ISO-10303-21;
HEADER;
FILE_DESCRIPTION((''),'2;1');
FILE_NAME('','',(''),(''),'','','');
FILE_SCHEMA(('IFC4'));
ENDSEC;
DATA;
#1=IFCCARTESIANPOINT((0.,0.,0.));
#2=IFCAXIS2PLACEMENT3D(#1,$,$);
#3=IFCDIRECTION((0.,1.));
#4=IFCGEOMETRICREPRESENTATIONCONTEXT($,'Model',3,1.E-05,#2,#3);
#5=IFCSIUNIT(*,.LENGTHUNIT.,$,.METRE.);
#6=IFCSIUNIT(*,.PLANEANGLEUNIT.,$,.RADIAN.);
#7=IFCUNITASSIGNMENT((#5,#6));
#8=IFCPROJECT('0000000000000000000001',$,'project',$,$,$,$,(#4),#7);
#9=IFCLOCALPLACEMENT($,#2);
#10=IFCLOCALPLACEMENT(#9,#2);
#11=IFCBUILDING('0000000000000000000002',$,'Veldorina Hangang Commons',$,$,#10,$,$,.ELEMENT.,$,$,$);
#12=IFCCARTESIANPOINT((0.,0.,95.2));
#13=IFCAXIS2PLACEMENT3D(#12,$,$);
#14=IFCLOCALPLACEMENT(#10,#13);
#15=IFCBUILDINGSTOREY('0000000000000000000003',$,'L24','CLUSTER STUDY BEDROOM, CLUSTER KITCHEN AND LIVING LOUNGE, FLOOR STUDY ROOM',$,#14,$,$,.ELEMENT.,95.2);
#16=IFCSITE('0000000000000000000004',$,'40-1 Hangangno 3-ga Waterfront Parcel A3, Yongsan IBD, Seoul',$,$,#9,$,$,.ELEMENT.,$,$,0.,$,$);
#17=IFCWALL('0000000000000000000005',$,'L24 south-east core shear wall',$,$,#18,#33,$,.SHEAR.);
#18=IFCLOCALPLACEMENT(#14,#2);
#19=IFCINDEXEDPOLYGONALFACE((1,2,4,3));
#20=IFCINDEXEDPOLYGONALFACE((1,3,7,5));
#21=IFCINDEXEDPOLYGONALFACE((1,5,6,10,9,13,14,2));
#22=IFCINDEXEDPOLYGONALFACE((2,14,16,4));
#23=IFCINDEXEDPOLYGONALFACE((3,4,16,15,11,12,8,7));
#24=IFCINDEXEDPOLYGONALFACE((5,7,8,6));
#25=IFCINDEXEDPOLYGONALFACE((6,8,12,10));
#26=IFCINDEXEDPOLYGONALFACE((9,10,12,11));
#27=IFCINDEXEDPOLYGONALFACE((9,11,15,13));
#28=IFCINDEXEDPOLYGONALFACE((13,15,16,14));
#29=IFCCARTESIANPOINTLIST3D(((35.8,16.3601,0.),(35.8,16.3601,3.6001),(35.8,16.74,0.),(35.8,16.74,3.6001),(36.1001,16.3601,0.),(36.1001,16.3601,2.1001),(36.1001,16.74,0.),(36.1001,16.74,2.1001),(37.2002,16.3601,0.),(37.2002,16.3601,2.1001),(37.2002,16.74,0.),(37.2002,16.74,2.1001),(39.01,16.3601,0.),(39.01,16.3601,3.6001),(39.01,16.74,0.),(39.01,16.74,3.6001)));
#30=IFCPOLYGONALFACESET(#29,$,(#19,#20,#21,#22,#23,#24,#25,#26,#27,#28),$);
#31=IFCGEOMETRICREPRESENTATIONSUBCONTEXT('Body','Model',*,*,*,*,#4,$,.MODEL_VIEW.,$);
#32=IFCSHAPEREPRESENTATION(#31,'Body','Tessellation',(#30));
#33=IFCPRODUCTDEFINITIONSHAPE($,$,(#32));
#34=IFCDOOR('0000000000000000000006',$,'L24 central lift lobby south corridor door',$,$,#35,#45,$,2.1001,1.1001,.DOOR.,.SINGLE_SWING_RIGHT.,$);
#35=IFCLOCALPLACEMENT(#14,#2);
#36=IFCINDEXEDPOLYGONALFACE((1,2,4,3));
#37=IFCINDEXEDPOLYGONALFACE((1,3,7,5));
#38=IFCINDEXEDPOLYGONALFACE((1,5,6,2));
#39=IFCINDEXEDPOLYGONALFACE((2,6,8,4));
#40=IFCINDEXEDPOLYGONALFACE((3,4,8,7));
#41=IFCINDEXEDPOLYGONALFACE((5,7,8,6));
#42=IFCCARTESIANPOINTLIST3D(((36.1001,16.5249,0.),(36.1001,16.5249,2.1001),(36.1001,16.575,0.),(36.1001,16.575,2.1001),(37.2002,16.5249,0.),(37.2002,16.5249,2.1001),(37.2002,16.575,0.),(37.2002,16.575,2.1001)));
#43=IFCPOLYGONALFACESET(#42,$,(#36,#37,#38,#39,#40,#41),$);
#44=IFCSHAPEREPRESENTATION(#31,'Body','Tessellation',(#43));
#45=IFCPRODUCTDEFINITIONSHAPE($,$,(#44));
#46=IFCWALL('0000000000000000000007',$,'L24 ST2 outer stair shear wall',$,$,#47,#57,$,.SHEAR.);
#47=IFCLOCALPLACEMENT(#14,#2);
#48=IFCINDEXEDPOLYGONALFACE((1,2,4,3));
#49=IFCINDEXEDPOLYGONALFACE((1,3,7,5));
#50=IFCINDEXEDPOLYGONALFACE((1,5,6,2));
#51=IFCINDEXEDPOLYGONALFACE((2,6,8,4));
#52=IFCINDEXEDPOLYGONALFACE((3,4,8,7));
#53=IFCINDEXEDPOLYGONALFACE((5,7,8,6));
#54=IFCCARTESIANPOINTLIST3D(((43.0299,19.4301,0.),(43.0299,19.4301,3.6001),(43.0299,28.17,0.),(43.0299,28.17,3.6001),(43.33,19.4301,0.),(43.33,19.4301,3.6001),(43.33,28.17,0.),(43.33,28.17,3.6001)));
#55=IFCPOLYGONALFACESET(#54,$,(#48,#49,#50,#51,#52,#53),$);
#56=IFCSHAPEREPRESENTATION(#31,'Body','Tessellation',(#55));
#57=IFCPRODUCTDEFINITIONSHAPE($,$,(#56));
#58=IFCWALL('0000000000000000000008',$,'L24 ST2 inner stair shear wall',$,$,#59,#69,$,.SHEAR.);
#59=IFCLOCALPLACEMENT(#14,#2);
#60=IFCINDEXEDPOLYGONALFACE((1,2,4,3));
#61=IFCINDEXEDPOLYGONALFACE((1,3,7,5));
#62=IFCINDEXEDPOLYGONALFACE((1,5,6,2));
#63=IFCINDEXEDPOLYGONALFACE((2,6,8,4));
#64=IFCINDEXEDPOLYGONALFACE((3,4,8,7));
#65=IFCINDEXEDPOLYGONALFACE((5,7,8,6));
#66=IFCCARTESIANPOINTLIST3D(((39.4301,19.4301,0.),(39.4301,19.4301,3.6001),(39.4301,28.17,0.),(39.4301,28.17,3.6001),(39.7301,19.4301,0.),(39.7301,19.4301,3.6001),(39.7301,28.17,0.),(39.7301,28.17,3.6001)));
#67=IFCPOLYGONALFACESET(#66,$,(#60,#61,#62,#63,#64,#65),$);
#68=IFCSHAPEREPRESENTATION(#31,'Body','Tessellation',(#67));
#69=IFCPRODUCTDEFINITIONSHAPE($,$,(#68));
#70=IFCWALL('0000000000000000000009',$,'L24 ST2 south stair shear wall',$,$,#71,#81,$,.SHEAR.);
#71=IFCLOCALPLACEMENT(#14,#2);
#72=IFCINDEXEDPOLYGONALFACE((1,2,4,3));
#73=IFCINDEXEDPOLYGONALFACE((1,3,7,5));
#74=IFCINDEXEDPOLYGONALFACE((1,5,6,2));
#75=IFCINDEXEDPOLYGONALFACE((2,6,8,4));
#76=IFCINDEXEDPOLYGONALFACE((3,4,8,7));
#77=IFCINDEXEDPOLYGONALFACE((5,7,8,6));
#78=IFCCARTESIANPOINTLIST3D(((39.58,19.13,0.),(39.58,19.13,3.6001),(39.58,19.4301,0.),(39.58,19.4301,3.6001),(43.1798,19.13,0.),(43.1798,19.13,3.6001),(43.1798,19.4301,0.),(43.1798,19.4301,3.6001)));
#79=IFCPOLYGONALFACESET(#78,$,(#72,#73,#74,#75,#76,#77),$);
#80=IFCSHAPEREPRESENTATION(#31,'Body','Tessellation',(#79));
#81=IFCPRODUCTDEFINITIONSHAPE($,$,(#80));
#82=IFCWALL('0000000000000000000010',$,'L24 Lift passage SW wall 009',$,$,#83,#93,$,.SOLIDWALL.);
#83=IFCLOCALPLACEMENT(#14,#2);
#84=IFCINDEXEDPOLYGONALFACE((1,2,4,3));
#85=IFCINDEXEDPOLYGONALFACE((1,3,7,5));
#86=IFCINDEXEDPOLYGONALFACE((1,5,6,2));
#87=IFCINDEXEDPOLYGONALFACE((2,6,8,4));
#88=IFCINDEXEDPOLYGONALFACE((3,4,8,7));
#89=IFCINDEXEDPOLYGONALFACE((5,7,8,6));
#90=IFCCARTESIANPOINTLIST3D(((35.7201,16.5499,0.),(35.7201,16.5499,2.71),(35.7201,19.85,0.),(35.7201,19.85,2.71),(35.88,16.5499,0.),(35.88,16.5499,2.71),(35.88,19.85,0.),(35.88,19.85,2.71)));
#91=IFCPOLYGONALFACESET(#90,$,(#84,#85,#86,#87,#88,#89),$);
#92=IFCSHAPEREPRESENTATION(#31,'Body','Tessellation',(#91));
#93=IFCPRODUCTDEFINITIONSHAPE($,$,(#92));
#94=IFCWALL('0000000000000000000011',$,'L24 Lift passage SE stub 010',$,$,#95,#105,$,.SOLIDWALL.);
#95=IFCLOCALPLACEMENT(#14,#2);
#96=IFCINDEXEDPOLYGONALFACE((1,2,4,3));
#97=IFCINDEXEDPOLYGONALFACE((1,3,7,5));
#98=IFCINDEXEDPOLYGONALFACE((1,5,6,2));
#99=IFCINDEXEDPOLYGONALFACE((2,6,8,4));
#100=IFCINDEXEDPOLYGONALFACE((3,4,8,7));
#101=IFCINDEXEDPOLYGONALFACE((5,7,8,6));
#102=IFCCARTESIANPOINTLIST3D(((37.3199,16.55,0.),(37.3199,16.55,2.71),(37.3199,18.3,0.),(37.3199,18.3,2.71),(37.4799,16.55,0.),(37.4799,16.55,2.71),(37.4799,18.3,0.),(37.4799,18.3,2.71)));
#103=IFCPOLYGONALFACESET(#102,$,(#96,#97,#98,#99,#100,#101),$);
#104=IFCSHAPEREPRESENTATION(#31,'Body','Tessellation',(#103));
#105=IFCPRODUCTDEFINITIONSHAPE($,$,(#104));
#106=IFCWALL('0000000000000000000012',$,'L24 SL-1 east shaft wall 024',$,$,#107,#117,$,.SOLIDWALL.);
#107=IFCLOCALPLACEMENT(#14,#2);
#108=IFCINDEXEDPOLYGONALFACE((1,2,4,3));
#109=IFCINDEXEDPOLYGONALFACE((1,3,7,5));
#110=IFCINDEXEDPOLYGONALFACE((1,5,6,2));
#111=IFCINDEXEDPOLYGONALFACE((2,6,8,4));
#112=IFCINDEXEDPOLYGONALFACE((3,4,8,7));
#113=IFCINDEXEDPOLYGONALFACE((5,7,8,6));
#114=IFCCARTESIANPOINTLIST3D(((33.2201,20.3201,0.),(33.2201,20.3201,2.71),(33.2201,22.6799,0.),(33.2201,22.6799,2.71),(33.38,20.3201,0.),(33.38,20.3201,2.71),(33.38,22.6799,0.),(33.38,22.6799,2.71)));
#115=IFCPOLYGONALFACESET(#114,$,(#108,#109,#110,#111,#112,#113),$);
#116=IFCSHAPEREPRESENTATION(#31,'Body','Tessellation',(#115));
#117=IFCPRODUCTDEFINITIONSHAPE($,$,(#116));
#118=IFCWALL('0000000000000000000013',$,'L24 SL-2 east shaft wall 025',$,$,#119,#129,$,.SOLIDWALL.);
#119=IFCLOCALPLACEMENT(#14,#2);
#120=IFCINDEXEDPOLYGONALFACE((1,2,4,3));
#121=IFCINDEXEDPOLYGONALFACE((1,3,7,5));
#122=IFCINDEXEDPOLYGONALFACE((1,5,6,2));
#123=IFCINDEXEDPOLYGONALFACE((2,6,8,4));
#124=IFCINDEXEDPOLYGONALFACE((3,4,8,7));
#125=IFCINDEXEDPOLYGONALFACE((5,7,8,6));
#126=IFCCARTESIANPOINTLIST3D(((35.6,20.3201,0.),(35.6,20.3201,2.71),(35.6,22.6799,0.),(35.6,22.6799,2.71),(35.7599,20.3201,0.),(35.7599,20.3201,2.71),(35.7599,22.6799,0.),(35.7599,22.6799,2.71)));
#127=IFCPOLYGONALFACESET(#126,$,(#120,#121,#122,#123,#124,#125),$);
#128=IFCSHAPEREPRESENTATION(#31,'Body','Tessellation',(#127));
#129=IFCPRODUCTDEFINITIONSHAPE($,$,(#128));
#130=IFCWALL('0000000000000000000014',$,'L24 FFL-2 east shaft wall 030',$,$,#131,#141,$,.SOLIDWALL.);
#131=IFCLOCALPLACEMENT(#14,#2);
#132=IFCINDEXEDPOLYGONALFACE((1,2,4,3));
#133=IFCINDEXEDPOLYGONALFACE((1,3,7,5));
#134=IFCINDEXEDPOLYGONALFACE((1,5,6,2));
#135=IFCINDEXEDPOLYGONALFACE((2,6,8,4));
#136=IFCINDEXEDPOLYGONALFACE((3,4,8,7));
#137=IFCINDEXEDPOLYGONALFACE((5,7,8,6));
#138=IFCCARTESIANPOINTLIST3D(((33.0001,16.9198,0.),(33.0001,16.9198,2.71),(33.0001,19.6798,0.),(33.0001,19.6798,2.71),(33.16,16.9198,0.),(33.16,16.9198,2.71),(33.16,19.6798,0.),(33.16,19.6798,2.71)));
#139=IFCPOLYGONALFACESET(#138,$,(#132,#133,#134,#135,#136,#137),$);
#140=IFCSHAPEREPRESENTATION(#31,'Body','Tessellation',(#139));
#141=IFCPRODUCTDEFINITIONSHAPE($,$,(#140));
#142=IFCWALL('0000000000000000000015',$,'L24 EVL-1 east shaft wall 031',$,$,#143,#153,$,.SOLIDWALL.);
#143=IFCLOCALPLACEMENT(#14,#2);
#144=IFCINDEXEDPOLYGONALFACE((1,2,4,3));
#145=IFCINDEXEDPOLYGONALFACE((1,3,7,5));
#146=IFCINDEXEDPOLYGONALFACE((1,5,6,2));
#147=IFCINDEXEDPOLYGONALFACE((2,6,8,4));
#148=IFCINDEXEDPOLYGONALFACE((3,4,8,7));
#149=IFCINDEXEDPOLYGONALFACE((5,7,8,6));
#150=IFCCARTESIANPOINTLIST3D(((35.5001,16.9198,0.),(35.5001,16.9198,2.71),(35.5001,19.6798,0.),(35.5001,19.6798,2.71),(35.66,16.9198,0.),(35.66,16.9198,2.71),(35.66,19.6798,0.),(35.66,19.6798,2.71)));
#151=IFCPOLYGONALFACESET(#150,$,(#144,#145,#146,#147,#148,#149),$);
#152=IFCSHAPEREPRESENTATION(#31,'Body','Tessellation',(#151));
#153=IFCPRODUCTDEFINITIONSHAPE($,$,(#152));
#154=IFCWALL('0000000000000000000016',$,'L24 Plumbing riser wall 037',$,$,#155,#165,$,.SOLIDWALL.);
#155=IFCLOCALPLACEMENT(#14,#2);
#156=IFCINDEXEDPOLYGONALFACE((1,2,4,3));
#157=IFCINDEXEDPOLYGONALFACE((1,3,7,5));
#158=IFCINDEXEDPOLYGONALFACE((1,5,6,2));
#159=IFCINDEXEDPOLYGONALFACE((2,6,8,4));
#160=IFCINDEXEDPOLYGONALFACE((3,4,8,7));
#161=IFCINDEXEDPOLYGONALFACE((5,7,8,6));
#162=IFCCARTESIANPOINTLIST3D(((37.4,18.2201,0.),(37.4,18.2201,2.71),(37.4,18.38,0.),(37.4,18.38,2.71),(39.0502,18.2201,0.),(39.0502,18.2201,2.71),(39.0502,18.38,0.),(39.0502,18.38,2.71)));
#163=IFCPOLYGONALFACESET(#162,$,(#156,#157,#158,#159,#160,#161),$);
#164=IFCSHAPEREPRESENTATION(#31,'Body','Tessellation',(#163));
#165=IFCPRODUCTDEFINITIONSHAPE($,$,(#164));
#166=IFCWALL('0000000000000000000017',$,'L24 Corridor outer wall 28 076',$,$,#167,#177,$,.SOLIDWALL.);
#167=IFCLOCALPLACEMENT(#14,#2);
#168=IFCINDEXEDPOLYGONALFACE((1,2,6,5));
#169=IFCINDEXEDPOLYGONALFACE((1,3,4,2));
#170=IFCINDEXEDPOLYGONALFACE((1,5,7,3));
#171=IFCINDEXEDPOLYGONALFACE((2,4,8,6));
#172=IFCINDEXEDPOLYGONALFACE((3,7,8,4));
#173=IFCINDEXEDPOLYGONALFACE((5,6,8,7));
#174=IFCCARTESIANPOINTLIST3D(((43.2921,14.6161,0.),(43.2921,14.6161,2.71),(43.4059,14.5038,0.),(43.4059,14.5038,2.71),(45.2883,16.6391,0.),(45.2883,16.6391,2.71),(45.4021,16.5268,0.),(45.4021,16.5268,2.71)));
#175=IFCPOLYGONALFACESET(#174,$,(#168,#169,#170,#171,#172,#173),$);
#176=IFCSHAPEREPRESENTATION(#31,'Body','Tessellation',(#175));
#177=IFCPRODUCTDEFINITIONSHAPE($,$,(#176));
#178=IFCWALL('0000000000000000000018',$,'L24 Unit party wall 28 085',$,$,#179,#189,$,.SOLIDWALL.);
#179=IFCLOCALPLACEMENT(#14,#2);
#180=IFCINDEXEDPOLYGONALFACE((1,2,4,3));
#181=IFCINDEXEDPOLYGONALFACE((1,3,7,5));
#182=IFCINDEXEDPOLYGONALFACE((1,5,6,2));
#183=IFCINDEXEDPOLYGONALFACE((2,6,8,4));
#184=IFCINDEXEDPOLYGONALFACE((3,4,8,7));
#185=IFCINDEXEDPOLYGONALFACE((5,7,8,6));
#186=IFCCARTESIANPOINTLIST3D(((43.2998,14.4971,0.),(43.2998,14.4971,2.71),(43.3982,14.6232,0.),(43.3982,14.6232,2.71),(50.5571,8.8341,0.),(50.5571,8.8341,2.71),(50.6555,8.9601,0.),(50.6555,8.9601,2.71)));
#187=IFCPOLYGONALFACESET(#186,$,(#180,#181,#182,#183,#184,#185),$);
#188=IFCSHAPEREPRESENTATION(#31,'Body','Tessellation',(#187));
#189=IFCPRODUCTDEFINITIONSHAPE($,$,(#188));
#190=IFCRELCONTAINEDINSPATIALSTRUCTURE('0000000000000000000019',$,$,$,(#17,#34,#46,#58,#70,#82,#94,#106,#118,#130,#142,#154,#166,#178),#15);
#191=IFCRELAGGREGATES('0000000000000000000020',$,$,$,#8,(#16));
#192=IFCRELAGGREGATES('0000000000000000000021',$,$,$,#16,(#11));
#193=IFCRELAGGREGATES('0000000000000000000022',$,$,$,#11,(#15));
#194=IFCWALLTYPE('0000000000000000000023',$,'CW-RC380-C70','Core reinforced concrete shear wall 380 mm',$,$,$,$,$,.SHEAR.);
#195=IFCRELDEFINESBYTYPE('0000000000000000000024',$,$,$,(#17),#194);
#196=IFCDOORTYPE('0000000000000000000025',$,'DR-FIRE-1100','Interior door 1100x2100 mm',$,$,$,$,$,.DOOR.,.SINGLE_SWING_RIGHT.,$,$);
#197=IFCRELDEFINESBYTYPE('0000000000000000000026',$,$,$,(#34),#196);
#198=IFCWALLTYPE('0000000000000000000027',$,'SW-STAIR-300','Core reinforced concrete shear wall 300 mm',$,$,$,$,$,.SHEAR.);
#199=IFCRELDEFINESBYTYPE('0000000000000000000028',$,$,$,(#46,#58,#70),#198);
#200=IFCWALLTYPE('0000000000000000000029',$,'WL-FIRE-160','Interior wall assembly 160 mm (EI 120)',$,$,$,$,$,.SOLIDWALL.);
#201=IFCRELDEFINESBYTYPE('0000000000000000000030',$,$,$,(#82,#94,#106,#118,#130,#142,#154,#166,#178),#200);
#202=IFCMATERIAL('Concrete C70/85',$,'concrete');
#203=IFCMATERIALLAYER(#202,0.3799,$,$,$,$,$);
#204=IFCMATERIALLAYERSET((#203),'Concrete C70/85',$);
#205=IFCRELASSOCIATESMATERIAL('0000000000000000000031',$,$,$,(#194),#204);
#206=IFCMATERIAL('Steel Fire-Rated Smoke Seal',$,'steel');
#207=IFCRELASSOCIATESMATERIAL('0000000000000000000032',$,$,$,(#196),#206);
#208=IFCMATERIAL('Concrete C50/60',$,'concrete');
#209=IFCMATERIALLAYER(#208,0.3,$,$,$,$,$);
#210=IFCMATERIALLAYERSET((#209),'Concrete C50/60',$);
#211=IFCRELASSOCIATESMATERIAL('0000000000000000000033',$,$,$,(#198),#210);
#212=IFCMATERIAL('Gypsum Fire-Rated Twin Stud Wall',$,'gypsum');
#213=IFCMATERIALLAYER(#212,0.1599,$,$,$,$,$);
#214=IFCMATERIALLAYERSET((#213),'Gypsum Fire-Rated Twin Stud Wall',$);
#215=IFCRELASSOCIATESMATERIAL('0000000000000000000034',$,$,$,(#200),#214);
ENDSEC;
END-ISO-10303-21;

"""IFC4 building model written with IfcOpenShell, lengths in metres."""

from ifc_helpers import new_model, si_unit, direction, frame, frame_2d, origin, place, context, subcontext, project, spatial, rectangle, extrude, material, layer, layer_set, type_object, element, fill, save


model = new_model("IFC4")

# Units and contexts
model_context = context("Model", 3, precision=1e-05, world=origin(), true_north=direction((0.0, 1.0)))
body_context = subcontext(model_context, "Body", "Model", "MODEL_VIEW")
ifc_project = project(units=[si_unit("LENGTHUNIT", "METRE"), si_unit("PLANEANGLEUNIT", "RADIAN")], contexts=[model_context])

# Site, building, storey
site_placement = place(None, origin())
site = spatial("IfcSite", under=ifc_project, at=site_placement, Name="40-1 Hangangno 3-ga Waterfront Parcel A3, Yongsan IBD, Seoul", CompositionType="ELEMENT", RefElevation=0.0)
building_placement = place(site_placement, origin())
building = spatial("IfcBuilding", under=site, at=building_placement, Name="Veldorina Hangang Commons", CompositionType="ELEMENT")
storey_placement = place(building_placement, frame((0.0, 0.0, 95.2)))
storey = spatial("IfcBuildingStorey", under=building, at=storey_placement, Name="L24", Description="CLUSTER STUDY BEDROOM, CLUSTER KITCHEN AND LIVING LOUNGE, FLOOR STUDY ROOM", CompositionType="ELEMENT", Elevation=95.2)

# Shared definitions
ifc_material_1 = material(Name="Concrete C70/85", Category="concrete")

# Shared definitions
ifc_layer_1 = layer(ifc_material_1, 0.3799)
ifc_layer_set_1 = layer_set([ifc_layer_1], Name="Concrete C70/85")
wall_type_1 = type_object("IfcWallType", Name="CW-RC380-C70", Description="Core reinforced concrete shear wall 380 mm", PredefinedType="SHEAR", material=ifc_layer_set_1)

# Wall, opening, door
wall_1_placement = place(storey_placement, frame((35.8, 16.55, 0.0), z_axis=(0.0, 0.0, 1.0), x_axis=(1.0, 0.0, 0.0)))
wall_1 = element("IfcWall", 1, at=wall_1_placement, inside=storey, type_object=wall_type_1, Name="L24 south-east core shear wall", PredefinedType="SHEAR", context=body_context, shape_type="SweptSolid", body=[
    extrude(rectangle(XDim=3.21, YDim=0.3799, at=frame_2d((1.605, 0.0))), origin(), (0.0, 0.0, 1.0), 3.6001),
])
opening_1_placement = place(wall_1_placement, frame((0.3, 0.0, 0.0)))
opening_1 = element("IfcOpeningElement", 2, at=opening_1_placement, cuts=wall_1, PredefinedType="OPENING", context=body_context, shape_type="SweptSolid", body=[
    extrude(rectangle(XDim=1.1001, YDim=2.1001, at=frame_2d((0.55, 1.05))), frame((0.0, 0.2, 0.0), z_axis=(0.0, -1.0, 0.0), x_axis=(1.0, 0.0, 0.0)), (0.0, 0.0, 1.0), 0.3999),
])
ifc_material_2 = material(Name="Steel Fire-Rated Smoke Seal", Category="steel")
door_type_1 = type_object("IfcDoorType", Name="DR-FIRE-1100", Description="Interior door 1100x2100 mm", OperationType="SINGLE_SWING_RIGHT", PredefinedType="DOOR", material=ifc_material_2)
door_1_placement = place(opening_1_placement, origin())
door_1 = element("IfcDoor", 3, at=door_1_placement, inside=storey, type_object=door_type_1, Name="L24 central lift lobby south corridor door", OperationType="SINGLE_SWING_RIGHT", OverallHeight=2.1001, OverallWidth=1.1001, PredefinedType="DOOR", context=body_context, shape_type="SweptSolid", body=[
    extrude(rectangle(XDim=1.1001, YDim=2.1001, at=frame_2d((0.55, 1.05))), frame((0.0, 0.0249, 0.0), z_axis=(0.0, -1.0, 0.0), x_axis=(1.0, 0.0, 0.0)), (0.0, 0.0, 1.0), 0.05),
])
fill(opening_1, door_1)

# Walls
ifc_material_3 = material(Name="Concrete C50/60", Category="concrete")
ifc_layer_2 = layer(ifc_material_3, 0.3)
ifc_layer_set_2 = layer_set([ifc_layer_2], Name="Concrete C50/60")
wall_type_2 = type_object("IfcWallType", Name="SW-STAIR-300", Description="Core reinforced concrete shear wall 300 mm", PredefinedType="SHEAR", material=ifc_layer_set_2)
for number, where, z_axis, x_axis, name in (
    (4, (43.1799, 19.4299, 0.0), (0.0, 0.0, 1.0), (0.0, 1.0, 0.0), "L24 ST2 outer stair shear wall"),
    (5, (39.5801, 19.4299, 0.0), (0.0, 0.0, 1.0), (0.0, 1.0, 0.0), "L24 ST2 inner stair shear wall"),
):
    element("IfcWall", number, at=place(storey_placement, frame(where, z_axis=z_axis, x_axis=x_axis)), inside=storey, type_object=wall_type_2, Name=name, PredefinedType="SHEAR", context=body_context, shape_type="SweptSolid", body=[
        extrude(rectangle(XDim=8.74, YDim=0.3, at=frame_2d((4.3701, 0.0))), origin(), (0.0, 0.0, 1.0), 3.6001),
    ])
wall_2_placement = place(storey_placement, frame((39.5801, 19.28, 0.0), z_axis=(0.0, 0.0, 1.0), x_axis=(1.0, 0.0, 0.0)))
element("IfcWall", 6, at=wall_2_placement, inside=storey, type_object=wall_type_2, Name="L24 ST2 south stair shear wall", PredefinedType="SHEAR", context=body_context, shape_type="SweptSolid", body=[
    extrude(rectangle(XDim=3.5999, YDim=0.3, at=frame_2d((1.7998, 0.0))), origin(), (0.0, 0.0, 1.0), 3.6001),
])
ifc_material_4 = material(Name="Gypsum Fire-Rated Twin Stud Wall", Category="gypsum")
ifc_layer_3 = layer(ifc_material_4, 0.1599)
ifc_layer_set_3 = layer_set([ifc_layer_3], Name="Gypsum Fire-Rated Twin Stud Wall")
wall_type_3 = type_object("IfcWallType", Name="WL-FIRE-160", Description="Interior wall assembly 160 mm (EI 120)", PredefinedType="SOLIDWALL", material=ifc_layer_set_3)
wall_3_placement = place(storey_placement, frame((35.8, 16.55, 0.0), z_axis=(0.0, 0.0, 1.0), x_axis=(0.0, 1.0, 0.0)))
element("IfcWall", 7, at=wall_3_placement, inside=storey, type_object=wall_type_3, Name="L24 Lift passage SW wall 009", PredefinedType="SOLIDWALL", context=body_context, shape_type="SweptSolid", body=[
    extrude(rectangle(XDim=3.3, YDim=0.1599, at=frame_2d((1.6499, 0.0))), origin(), (0.0, 0.0, 1.0), 2.71),
])
wall_4_placement = place(storey_placement, frame((37.3999, 16.55, 0.0), z_axis=(0.0, 0.0, 1.0), x_axis=(0.0, 1.0, 0.0)))
element("IfcWall", 8, at=wall_4_placement, inside=storey, type_object=wall_type_3, Name="L24 Lift passage SE stub 010", PredefinedType="SOLIDWALL", context=body_context, shape_type="SweptSolid", body=[
    extrude(rectangle(XDim=1.75, YDim=0.1599, at=frame_2d((0.875, 0.0))), origin(), (0.0, 0.0, 1.0), 2.71),
])
for number, where, z_axis, x_axis, name in (
    (9, (33.3, 20.3201, 0.0), (0.0, 0.0, 1.0), (0.0, 1.0, 0.0), "L24 SL-1 east shaft wall 024"),
    (10, (35.6799, 20.3201, 0.0), (0.0, 0.0, 1.0), (0.0, 1.0, 0.0), "L24 SL-2 east shaft wall 025"),
):
    element("IfcWall", number, at=place(storey_placement, frame(where, z_axis=z_axis, x_axis=x_axis)), inside=storey, type_object=wall_type_3, Name=name, PredefinedType="SOLIDWALL", context=body_context, shape_type="SweptSolid", body=[
        extrude(rectangle(XDim=2.3599, YDim=0.1599, at=frame_2d((1.1799, 0.0))), origin(), (0.0, 0.0, 1.0), 2.71),
    ])
for number, where, z_axis, x_axis, name in (
    (11, (33.0801, 16.9199, 0.0), (0.0, 0.0, 1.0), (0.0, 1.0, 0.0), "L24 FFL-2 east shaft wall 030"),
    (12, (35.5801, 16.9199, 0.0), (0.0, 0.0, 1.0), (0.0, 1.0, 0.0), "L24 EVL-1 east shaft wall 031"),
):
    element("IfcWall", number, at=place(storey_placement, frame(where, z_axis=z_axis, x_axis=x_axis)), inside=storey, type_object=wall_type_3, Name=name, PredefinedType="SOLIDWALL", context=body_context, shape_type="SweptSolid", body=[
        extrude(rectangle(XDim=2.76, YDim=0.1599, at=frame_2d((1.3799, 0.0))), origin(), (0.0, 0.0, 1.0), 2.71),
    ])
wall_5_placement = place(storey_placement, frame((37.3999, 18.3, 0.0), z_axis=(0.0, 0.0, 1.0), x_axis=(1.0, 0.0, 0.0)))
element("IfcWall", 13, at=wall_5_placement, inside=storey, type_object=wall_type_3, Name="L24 Plumbing riser wall 037", PredefinedType="SOLIDWALL", context=body_context, shape_type="SweptSolid", body=[
    extrude(rectangle(XDim=1.6501, YDim=0.1599, at=frame_2d((0.8252, 0.0))), origin(), (0.0, 0.0, 1.0), 2.71),
])
wall_6_placement = place(storey_placement, frame((43.3491, 14.5601, 0.0), z_axis=(0.0, 0.0, 1.0), x_axis=(0.702366, 0.711816, 0.0)))
element("IfcWall", 14, at=wall_6_placement, inside=storey, type_object=wall_type_3, Name="L24 Corridor outer wall 28 076", PredefinedType="SOLIDWALL", context=body_context, shape_type="SweptSolid", body=[
    extrude(rectangle(XDim=2.842, YDim=0.1599, at=frame_2d((1.4209, 0.0))), origin(), (0.0, 0.0, 1.0), 2.71),
])
wall_7_placement = place(storey_placement, frame((43.3491, 14.5601, 0.0), z_axis=(0.0, 0.0, 1.0), x_axis=(0.788377, -0.615192, 0.0)))
element("IfcWall", 15, at=wall_7_placement, inside=storey, type_object=wall_type_3, Name="L24 Unit party wall 28 085", PredefinedType="SOLIDWALL", context=body_context, shape_type="SweptSolid", body=[
    extrude(rectangle(XDim=9.2053, YDim=0.1599, at=frame_2d((4.6025, 0.0))), origin(), (0.0, 0.0, 1.0), 2.71),
])

save(model, "model.ifc")
